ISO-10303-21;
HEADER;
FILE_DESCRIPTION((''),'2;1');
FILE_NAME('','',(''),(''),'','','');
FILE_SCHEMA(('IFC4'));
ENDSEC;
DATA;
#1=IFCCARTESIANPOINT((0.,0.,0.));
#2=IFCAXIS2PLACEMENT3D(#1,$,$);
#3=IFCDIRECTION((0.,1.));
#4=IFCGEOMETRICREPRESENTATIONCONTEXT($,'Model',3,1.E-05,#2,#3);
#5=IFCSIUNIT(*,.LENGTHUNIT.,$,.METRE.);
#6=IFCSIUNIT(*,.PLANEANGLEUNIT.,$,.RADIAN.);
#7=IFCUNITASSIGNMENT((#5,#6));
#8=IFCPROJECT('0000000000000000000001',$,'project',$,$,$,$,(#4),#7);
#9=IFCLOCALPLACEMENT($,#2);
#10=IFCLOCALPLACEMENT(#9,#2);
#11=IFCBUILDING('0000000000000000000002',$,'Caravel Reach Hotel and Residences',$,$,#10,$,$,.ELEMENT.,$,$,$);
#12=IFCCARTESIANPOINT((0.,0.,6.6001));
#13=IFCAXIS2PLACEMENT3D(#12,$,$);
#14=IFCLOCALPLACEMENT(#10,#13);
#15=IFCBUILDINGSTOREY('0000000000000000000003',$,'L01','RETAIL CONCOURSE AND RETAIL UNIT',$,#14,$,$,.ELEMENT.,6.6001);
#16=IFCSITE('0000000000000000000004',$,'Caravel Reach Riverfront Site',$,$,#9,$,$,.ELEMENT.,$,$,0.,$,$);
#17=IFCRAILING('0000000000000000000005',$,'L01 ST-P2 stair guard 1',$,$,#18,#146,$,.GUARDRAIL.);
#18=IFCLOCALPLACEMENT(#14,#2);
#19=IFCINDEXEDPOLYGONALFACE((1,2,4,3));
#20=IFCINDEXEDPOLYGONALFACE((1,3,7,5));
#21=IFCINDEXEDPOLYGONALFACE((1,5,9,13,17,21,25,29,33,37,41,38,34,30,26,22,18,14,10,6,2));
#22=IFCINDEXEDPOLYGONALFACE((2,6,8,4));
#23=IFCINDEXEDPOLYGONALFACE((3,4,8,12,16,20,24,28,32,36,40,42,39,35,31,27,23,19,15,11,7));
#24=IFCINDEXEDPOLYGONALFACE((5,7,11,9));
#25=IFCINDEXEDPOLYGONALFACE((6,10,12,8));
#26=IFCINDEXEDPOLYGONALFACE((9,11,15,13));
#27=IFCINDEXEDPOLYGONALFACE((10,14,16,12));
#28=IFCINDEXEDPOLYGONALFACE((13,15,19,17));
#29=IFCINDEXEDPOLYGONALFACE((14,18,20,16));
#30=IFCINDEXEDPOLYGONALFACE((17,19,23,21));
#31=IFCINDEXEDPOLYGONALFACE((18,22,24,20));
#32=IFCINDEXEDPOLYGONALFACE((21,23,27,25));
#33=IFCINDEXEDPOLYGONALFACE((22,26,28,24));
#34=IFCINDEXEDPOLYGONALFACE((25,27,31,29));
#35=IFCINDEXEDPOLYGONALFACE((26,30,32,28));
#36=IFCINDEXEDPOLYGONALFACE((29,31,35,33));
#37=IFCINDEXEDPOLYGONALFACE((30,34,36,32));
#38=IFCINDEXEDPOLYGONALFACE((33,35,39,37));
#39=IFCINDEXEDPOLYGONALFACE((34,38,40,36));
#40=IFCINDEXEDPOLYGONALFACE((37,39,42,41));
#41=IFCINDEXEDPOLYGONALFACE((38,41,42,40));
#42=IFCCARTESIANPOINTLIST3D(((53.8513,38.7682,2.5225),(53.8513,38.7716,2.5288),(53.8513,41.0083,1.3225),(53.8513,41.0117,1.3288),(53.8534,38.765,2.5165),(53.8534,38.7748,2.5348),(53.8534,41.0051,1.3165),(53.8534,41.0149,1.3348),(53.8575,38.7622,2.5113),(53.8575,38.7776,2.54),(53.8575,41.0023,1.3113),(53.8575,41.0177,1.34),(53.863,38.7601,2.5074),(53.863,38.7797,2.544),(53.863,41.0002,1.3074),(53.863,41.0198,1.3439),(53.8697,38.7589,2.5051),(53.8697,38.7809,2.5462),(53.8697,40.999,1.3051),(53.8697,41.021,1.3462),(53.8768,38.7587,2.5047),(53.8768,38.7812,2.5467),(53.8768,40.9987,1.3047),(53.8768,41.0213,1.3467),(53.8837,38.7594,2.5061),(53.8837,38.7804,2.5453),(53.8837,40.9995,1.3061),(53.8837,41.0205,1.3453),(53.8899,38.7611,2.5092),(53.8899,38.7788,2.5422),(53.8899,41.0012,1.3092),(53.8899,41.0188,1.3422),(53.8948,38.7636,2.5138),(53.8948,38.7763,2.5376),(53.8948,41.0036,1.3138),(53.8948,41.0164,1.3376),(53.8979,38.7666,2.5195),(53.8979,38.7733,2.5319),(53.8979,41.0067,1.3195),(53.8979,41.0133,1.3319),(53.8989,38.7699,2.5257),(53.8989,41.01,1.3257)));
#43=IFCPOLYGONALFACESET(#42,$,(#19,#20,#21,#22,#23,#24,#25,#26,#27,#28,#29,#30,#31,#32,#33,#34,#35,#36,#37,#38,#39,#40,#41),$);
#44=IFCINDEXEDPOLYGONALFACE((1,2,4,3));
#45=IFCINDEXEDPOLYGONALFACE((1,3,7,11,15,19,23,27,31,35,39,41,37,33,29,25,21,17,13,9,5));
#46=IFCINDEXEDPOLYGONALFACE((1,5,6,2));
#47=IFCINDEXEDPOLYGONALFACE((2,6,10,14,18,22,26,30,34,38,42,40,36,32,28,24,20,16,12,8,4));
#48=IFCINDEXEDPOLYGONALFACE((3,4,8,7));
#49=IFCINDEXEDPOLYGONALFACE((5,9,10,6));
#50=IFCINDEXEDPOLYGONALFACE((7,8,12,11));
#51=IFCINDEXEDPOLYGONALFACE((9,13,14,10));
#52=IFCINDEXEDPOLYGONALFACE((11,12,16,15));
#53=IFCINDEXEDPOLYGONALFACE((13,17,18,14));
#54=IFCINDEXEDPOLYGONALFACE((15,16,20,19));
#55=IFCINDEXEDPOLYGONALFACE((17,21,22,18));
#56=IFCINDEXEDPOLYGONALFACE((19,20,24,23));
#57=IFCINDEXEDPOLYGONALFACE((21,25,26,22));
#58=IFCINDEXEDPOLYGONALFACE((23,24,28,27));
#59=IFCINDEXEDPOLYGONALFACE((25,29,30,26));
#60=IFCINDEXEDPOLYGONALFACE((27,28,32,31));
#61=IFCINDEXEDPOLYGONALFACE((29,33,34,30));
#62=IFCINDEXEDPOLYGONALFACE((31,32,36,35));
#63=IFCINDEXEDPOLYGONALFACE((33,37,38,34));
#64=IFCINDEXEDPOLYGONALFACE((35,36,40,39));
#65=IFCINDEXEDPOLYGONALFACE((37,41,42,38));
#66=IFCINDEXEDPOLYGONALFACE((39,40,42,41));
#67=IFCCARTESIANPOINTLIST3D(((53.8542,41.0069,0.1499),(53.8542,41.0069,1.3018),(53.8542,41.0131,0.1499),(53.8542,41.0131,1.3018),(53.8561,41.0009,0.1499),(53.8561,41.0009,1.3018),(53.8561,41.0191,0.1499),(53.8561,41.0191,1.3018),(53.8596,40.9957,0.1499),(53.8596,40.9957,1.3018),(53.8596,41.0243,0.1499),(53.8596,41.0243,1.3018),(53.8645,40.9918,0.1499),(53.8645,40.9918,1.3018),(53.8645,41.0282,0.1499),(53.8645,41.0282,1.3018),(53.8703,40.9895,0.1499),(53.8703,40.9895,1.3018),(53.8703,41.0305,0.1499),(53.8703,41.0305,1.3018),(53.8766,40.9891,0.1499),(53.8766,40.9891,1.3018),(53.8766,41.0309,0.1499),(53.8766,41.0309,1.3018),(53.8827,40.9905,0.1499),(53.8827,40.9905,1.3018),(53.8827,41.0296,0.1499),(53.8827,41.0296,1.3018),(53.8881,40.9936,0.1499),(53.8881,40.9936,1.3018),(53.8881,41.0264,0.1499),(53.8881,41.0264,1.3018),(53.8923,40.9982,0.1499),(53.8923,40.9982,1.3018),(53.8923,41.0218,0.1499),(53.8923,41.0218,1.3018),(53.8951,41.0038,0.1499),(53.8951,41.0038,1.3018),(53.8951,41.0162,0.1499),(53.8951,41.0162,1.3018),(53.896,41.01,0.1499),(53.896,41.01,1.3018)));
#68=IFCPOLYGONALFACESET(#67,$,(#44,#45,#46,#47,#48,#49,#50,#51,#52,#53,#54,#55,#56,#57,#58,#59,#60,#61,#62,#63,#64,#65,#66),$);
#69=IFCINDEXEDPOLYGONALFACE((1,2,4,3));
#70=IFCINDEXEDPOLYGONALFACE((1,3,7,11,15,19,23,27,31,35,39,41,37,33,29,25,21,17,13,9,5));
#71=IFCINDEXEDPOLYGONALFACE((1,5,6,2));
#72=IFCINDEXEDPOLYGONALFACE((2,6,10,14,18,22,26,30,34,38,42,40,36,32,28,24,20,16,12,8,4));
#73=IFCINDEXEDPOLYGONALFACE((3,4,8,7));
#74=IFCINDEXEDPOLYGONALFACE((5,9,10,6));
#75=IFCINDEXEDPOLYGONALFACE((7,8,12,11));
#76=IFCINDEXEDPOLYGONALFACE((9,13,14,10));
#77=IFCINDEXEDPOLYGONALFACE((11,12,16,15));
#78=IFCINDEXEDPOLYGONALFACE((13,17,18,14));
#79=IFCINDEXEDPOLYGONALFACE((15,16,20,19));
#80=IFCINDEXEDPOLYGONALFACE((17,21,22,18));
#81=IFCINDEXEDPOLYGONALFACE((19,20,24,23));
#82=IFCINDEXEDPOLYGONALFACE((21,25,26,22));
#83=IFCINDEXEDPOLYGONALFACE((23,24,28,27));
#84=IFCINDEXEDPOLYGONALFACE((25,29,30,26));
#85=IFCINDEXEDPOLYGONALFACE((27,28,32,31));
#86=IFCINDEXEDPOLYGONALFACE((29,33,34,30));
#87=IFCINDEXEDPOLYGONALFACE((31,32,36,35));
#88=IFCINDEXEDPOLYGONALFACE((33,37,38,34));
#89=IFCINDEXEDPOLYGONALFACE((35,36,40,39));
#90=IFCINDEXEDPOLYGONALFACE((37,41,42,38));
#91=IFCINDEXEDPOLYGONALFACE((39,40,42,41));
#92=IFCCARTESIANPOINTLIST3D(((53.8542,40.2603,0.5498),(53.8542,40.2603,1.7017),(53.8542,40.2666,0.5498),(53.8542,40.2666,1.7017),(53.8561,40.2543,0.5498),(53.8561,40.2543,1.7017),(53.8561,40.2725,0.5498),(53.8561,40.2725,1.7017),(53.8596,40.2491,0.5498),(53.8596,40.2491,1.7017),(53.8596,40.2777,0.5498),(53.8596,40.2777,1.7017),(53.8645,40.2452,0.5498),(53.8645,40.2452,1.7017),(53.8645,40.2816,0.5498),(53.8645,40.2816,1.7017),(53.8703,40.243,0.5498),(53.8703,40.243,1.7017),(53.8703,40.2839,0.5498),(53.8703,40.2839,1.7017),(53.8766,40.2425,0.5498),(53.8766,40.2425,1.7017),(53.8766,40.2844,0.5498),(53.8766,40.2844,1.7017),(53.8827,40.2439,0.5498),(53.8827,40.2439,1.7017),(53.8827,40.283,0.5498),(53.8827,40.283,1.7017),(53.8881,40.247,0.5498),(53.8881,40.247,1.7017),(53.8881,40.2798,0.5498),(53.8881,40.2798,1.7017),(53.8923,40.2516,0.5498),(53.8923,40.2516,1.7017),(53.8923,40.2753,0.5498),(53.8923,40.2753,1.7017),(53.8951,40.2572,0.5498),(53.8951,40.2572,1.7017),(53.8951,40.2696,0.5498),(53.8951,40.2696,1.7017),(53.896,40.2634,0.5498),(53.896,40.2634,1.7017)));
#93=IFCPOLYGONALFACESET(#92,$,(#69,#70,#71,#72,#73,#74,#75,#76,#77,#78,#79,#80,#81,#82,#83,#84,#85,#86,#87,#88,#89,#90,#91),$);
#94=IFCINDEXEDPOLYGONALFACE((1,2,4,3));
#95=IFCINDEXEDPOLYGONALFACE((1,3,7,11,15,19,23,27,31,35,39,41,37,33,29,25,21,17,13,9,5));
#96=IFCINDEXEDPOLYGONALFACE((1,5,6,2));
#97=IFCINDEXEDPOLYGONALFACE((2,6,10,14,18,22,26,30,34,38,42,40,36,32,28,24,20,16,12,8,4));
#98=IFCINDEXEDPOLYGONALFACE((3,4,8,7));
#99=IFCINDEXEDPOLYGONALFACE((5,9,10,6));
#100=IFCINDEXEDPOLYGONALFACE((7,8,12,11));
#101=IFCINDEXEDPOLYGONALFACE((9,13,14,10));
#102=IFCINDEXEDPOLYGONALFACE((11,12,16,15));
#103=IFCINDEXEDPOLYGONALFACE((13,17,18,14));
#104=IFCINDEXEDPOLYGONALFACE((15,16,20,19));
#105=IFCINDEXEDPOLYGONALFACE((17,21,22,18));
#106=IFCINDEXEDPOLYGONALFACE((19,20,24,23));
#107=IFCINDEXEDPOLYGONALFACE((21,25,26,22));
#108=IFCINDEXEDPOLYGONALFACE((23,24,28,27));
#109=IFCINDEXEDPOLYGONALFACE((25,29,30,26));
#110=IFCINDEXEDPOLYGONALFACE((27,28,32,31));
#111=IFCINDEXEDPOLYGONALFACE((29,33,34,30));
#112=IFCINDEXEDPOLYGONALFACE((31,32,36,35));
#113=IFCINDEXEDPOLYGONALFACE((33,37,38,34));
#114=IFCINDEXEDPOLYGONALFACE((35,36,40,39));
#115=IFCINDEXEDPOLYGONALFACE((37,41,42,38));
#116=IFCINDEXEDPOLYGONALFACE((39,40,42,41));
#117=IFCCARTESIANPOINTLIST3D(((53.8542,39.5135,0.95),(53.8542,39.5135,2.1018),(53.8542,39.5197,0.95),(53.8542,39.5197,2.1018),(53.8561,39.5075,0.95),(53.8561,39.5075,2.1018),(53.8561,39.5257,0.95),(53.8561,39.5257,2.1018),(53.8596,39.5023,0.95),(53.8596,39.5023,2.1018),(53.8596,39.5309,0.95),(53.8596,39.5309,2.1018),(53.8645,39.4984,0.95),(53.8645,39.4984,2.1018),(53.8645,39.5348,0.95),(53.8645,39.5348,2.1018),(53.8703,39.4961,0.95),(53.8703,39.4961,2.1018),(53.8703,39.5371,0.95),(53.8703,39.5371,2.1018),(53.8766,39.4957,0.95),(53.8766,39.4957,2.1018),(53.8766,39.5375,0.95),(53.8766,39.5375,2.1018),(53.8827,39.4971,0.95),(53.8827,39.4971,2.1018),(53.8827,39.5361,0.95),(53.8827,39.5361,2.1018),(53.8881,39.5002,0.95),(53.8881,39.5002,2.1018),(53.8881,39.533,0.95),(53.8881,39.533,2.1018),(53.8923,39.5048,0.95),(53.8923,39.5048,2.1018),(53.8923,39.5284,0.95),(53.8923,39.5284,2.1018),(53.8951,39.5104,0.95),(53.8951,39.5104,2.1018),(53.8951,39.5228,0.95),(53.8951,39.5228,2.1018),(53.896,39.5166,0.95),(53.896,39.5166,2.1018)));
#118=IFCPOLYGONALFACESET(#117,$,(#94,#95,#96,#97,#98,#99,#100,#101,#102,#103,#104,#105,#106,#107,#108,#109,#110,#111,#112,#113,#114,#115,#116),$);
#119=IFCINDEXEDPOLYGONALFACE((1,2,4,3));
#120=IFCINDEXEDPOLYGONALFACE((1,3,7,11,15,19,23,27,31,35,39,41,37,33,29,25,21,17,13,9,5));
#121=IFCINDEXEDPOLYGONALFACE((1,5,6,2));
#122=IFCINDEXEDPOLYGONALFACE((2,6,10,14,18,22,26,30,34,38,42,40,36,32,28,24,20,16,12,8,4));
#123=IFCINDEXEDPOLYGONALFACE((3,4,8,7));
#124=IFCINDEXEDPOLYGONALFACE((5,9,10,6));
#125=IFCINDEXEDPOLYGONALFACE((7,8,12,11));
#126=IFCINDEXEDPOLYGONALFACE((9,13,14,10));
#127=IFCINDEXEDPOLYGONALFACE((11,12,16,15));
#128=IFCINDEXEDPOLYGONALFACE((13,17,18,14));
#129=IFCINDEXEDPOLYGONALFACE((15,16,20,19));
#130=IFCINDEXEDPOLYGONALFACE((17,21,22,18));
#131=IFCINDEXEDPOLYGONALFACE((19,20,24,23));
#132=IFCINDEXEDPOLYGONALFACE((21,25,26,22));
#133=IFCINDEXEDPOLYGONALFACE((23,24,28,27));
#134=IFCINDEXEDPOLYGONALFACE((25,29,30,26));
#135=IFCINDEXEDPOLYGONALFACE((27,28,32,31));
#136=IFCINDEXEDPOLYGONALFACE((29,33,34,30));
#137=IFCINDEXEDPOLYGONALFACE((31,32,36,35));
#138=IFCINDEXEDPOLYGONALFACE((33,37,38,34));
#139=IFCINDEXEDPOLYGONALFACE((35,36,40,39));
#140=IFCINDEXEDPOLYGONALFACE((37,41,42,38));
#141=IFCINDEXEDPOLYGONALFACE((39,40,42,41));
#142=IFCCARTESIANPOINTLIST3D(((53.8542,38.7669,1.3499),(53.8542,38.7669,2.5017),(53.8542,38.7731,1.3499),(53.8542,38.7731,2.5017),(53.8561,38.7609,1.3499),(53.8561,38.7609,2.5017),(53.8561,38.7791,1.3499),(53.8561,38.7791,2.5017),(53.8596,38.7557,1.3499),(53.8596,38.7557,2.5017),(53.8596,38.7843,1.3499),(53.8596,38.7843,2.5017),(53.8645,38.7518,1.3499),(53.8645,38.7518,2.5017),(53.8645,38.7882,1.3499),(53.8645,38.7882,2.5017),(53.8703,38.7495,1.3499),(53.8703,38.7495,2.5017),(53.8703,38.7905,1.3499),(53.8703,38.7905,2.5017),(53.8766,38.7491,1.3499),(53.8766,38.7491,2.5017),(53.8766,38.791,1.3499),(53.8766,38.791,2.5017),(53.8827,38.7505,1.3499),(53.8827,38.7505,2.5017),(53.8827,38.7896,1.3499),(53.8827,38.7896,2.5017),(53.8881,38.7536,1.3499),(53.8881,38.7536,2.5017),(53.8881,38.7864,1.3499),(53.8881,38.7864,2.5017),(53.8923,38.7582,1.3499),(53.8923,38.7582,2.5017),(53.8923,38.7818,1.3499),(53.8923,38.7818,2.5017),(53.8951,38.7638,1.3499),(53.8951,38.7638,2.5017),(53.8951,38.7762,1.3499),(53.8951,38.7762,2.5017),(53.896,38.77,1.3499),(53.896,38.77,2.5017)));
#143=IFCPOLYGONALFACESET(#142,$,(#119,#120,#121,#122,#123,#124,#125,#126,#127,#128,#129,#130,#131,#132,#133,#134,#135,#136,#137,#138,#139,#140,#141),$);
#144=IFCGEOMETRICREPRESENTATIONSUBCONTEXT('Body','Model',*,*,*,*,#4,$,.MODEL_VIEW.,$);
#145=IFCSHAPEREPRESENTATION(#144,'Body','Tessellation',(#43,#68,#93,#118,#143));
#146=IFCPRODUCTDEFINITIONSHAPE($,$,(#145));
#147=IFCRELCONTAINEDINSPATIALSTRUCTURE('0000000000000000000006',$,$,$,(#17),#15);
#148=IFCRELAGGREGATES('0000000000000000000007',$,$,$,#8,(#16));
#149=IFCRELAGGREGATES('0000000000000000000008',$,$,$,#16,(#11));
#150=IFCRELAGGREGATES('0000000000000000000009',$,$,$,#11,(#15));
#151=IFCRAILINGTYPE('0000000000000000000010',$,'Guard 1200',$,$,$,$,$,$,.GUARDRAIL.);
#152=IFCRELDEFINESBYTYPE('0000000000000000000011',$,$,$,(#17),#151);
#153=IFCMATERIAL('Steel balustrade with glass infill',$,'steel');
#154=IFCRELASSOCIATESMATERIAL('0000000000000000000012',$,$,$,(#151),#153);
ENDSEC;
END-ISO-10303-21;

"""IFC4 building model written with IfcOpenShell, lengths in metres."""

from ifc_helpers import new_model, si_unit, direction, frame, origin, origin_2d, place, context, subcontext, project, spatial, circle, extrude, material, type_object, element, save


model = new_model("IFC4")

# Units and contexts
model_context = context("Model", 3, precision=1e-05, world=origin(), true_north=direction((0.0, 1.0)))
body_context = subcontext(model_context, "Body", "Model", "MODEL_VIEW")
ifc_project = project(units=[si_unit("LENGTHUNIT", "METRE"), si_unit("PLANEANGLEUNIT", "RADIAN")], contexts=[model_context])

# Site, building, storey
site_placement = place(None, origin())
site = spatial("IfcSite", under=ifc_project, at=site_placement, Name="Caravel Reach Riverfront Site", CompositionType="ELEMENT", RefElevation=0.0)
building_placement = place(site_placement, origin())
building = spatial("IfcBuilding", under=site, at=building_placement, Name="Caravel Reach Hotel and Residences", CompositionType="ELEMENT")
storey_placement = place(building_placement, frame((0.0, 0.0, 6.6001)))
storey = spatial("IfcBuildingStorey", under=building, at=storey_placement, Name="L01", Description="RETAIL CONCOURSE AND RETAIL UNIT", CompositionType="ELEMENT", Elevation=6.6001)

# Railing
ifc_material_1 = material(Name="Steel balustrade with glass infill", Category="steel")
railing_type_1 = type_object("IfcRailingType", Name="Guard 1200", PredefinedType="GUARDRAIL", material=ifc_material_1)
railing_1_placement = place(storey_placement, frame((53.875, 41.01, 0.1499)))
element("IfcRailing", 1, at=railing_1_placement, inside=storey, type_object=railing_type_1, Name="L01 ST-P2 stair guard 1", PredefinedType="GUARDRAIL", context=body_context, shape_type="SweptSolid", body=[
    extrude(circle(Radius=0.0239, at=origin_2d()), frame((0.0, 0.0, 1.1758), z_axis=(0.0, -0.881487, 0.472208), x_axis=(1.0, 0.0, 0.0)), (0.0, 0.0, 1.0), 2.5413),
    extrude(circle(Radius=0.021, at=origin_2d()), origin(), (0.0, 0.0, 1.0), 1.1519),
    extrude(circle(Radius=0.021, at=origin_2d()), frame((0.0, -0.7466, 0.3999)), (0.0, 0.0, 1.0), 1.1519),
    extrude(circle(Radius=0.021, at=origin_2d()), frame((0.0, -1.4934, 0.8)), (0.0, 0.0, 1.0), 1.1519),
    extrude(circle(Radius=0.021, at=origin_2d()), frame((0.0, -2.24, 1.2)), (0.0, 0.0, 1.0), 1.1519),
])

save(model, "model.ifc")
